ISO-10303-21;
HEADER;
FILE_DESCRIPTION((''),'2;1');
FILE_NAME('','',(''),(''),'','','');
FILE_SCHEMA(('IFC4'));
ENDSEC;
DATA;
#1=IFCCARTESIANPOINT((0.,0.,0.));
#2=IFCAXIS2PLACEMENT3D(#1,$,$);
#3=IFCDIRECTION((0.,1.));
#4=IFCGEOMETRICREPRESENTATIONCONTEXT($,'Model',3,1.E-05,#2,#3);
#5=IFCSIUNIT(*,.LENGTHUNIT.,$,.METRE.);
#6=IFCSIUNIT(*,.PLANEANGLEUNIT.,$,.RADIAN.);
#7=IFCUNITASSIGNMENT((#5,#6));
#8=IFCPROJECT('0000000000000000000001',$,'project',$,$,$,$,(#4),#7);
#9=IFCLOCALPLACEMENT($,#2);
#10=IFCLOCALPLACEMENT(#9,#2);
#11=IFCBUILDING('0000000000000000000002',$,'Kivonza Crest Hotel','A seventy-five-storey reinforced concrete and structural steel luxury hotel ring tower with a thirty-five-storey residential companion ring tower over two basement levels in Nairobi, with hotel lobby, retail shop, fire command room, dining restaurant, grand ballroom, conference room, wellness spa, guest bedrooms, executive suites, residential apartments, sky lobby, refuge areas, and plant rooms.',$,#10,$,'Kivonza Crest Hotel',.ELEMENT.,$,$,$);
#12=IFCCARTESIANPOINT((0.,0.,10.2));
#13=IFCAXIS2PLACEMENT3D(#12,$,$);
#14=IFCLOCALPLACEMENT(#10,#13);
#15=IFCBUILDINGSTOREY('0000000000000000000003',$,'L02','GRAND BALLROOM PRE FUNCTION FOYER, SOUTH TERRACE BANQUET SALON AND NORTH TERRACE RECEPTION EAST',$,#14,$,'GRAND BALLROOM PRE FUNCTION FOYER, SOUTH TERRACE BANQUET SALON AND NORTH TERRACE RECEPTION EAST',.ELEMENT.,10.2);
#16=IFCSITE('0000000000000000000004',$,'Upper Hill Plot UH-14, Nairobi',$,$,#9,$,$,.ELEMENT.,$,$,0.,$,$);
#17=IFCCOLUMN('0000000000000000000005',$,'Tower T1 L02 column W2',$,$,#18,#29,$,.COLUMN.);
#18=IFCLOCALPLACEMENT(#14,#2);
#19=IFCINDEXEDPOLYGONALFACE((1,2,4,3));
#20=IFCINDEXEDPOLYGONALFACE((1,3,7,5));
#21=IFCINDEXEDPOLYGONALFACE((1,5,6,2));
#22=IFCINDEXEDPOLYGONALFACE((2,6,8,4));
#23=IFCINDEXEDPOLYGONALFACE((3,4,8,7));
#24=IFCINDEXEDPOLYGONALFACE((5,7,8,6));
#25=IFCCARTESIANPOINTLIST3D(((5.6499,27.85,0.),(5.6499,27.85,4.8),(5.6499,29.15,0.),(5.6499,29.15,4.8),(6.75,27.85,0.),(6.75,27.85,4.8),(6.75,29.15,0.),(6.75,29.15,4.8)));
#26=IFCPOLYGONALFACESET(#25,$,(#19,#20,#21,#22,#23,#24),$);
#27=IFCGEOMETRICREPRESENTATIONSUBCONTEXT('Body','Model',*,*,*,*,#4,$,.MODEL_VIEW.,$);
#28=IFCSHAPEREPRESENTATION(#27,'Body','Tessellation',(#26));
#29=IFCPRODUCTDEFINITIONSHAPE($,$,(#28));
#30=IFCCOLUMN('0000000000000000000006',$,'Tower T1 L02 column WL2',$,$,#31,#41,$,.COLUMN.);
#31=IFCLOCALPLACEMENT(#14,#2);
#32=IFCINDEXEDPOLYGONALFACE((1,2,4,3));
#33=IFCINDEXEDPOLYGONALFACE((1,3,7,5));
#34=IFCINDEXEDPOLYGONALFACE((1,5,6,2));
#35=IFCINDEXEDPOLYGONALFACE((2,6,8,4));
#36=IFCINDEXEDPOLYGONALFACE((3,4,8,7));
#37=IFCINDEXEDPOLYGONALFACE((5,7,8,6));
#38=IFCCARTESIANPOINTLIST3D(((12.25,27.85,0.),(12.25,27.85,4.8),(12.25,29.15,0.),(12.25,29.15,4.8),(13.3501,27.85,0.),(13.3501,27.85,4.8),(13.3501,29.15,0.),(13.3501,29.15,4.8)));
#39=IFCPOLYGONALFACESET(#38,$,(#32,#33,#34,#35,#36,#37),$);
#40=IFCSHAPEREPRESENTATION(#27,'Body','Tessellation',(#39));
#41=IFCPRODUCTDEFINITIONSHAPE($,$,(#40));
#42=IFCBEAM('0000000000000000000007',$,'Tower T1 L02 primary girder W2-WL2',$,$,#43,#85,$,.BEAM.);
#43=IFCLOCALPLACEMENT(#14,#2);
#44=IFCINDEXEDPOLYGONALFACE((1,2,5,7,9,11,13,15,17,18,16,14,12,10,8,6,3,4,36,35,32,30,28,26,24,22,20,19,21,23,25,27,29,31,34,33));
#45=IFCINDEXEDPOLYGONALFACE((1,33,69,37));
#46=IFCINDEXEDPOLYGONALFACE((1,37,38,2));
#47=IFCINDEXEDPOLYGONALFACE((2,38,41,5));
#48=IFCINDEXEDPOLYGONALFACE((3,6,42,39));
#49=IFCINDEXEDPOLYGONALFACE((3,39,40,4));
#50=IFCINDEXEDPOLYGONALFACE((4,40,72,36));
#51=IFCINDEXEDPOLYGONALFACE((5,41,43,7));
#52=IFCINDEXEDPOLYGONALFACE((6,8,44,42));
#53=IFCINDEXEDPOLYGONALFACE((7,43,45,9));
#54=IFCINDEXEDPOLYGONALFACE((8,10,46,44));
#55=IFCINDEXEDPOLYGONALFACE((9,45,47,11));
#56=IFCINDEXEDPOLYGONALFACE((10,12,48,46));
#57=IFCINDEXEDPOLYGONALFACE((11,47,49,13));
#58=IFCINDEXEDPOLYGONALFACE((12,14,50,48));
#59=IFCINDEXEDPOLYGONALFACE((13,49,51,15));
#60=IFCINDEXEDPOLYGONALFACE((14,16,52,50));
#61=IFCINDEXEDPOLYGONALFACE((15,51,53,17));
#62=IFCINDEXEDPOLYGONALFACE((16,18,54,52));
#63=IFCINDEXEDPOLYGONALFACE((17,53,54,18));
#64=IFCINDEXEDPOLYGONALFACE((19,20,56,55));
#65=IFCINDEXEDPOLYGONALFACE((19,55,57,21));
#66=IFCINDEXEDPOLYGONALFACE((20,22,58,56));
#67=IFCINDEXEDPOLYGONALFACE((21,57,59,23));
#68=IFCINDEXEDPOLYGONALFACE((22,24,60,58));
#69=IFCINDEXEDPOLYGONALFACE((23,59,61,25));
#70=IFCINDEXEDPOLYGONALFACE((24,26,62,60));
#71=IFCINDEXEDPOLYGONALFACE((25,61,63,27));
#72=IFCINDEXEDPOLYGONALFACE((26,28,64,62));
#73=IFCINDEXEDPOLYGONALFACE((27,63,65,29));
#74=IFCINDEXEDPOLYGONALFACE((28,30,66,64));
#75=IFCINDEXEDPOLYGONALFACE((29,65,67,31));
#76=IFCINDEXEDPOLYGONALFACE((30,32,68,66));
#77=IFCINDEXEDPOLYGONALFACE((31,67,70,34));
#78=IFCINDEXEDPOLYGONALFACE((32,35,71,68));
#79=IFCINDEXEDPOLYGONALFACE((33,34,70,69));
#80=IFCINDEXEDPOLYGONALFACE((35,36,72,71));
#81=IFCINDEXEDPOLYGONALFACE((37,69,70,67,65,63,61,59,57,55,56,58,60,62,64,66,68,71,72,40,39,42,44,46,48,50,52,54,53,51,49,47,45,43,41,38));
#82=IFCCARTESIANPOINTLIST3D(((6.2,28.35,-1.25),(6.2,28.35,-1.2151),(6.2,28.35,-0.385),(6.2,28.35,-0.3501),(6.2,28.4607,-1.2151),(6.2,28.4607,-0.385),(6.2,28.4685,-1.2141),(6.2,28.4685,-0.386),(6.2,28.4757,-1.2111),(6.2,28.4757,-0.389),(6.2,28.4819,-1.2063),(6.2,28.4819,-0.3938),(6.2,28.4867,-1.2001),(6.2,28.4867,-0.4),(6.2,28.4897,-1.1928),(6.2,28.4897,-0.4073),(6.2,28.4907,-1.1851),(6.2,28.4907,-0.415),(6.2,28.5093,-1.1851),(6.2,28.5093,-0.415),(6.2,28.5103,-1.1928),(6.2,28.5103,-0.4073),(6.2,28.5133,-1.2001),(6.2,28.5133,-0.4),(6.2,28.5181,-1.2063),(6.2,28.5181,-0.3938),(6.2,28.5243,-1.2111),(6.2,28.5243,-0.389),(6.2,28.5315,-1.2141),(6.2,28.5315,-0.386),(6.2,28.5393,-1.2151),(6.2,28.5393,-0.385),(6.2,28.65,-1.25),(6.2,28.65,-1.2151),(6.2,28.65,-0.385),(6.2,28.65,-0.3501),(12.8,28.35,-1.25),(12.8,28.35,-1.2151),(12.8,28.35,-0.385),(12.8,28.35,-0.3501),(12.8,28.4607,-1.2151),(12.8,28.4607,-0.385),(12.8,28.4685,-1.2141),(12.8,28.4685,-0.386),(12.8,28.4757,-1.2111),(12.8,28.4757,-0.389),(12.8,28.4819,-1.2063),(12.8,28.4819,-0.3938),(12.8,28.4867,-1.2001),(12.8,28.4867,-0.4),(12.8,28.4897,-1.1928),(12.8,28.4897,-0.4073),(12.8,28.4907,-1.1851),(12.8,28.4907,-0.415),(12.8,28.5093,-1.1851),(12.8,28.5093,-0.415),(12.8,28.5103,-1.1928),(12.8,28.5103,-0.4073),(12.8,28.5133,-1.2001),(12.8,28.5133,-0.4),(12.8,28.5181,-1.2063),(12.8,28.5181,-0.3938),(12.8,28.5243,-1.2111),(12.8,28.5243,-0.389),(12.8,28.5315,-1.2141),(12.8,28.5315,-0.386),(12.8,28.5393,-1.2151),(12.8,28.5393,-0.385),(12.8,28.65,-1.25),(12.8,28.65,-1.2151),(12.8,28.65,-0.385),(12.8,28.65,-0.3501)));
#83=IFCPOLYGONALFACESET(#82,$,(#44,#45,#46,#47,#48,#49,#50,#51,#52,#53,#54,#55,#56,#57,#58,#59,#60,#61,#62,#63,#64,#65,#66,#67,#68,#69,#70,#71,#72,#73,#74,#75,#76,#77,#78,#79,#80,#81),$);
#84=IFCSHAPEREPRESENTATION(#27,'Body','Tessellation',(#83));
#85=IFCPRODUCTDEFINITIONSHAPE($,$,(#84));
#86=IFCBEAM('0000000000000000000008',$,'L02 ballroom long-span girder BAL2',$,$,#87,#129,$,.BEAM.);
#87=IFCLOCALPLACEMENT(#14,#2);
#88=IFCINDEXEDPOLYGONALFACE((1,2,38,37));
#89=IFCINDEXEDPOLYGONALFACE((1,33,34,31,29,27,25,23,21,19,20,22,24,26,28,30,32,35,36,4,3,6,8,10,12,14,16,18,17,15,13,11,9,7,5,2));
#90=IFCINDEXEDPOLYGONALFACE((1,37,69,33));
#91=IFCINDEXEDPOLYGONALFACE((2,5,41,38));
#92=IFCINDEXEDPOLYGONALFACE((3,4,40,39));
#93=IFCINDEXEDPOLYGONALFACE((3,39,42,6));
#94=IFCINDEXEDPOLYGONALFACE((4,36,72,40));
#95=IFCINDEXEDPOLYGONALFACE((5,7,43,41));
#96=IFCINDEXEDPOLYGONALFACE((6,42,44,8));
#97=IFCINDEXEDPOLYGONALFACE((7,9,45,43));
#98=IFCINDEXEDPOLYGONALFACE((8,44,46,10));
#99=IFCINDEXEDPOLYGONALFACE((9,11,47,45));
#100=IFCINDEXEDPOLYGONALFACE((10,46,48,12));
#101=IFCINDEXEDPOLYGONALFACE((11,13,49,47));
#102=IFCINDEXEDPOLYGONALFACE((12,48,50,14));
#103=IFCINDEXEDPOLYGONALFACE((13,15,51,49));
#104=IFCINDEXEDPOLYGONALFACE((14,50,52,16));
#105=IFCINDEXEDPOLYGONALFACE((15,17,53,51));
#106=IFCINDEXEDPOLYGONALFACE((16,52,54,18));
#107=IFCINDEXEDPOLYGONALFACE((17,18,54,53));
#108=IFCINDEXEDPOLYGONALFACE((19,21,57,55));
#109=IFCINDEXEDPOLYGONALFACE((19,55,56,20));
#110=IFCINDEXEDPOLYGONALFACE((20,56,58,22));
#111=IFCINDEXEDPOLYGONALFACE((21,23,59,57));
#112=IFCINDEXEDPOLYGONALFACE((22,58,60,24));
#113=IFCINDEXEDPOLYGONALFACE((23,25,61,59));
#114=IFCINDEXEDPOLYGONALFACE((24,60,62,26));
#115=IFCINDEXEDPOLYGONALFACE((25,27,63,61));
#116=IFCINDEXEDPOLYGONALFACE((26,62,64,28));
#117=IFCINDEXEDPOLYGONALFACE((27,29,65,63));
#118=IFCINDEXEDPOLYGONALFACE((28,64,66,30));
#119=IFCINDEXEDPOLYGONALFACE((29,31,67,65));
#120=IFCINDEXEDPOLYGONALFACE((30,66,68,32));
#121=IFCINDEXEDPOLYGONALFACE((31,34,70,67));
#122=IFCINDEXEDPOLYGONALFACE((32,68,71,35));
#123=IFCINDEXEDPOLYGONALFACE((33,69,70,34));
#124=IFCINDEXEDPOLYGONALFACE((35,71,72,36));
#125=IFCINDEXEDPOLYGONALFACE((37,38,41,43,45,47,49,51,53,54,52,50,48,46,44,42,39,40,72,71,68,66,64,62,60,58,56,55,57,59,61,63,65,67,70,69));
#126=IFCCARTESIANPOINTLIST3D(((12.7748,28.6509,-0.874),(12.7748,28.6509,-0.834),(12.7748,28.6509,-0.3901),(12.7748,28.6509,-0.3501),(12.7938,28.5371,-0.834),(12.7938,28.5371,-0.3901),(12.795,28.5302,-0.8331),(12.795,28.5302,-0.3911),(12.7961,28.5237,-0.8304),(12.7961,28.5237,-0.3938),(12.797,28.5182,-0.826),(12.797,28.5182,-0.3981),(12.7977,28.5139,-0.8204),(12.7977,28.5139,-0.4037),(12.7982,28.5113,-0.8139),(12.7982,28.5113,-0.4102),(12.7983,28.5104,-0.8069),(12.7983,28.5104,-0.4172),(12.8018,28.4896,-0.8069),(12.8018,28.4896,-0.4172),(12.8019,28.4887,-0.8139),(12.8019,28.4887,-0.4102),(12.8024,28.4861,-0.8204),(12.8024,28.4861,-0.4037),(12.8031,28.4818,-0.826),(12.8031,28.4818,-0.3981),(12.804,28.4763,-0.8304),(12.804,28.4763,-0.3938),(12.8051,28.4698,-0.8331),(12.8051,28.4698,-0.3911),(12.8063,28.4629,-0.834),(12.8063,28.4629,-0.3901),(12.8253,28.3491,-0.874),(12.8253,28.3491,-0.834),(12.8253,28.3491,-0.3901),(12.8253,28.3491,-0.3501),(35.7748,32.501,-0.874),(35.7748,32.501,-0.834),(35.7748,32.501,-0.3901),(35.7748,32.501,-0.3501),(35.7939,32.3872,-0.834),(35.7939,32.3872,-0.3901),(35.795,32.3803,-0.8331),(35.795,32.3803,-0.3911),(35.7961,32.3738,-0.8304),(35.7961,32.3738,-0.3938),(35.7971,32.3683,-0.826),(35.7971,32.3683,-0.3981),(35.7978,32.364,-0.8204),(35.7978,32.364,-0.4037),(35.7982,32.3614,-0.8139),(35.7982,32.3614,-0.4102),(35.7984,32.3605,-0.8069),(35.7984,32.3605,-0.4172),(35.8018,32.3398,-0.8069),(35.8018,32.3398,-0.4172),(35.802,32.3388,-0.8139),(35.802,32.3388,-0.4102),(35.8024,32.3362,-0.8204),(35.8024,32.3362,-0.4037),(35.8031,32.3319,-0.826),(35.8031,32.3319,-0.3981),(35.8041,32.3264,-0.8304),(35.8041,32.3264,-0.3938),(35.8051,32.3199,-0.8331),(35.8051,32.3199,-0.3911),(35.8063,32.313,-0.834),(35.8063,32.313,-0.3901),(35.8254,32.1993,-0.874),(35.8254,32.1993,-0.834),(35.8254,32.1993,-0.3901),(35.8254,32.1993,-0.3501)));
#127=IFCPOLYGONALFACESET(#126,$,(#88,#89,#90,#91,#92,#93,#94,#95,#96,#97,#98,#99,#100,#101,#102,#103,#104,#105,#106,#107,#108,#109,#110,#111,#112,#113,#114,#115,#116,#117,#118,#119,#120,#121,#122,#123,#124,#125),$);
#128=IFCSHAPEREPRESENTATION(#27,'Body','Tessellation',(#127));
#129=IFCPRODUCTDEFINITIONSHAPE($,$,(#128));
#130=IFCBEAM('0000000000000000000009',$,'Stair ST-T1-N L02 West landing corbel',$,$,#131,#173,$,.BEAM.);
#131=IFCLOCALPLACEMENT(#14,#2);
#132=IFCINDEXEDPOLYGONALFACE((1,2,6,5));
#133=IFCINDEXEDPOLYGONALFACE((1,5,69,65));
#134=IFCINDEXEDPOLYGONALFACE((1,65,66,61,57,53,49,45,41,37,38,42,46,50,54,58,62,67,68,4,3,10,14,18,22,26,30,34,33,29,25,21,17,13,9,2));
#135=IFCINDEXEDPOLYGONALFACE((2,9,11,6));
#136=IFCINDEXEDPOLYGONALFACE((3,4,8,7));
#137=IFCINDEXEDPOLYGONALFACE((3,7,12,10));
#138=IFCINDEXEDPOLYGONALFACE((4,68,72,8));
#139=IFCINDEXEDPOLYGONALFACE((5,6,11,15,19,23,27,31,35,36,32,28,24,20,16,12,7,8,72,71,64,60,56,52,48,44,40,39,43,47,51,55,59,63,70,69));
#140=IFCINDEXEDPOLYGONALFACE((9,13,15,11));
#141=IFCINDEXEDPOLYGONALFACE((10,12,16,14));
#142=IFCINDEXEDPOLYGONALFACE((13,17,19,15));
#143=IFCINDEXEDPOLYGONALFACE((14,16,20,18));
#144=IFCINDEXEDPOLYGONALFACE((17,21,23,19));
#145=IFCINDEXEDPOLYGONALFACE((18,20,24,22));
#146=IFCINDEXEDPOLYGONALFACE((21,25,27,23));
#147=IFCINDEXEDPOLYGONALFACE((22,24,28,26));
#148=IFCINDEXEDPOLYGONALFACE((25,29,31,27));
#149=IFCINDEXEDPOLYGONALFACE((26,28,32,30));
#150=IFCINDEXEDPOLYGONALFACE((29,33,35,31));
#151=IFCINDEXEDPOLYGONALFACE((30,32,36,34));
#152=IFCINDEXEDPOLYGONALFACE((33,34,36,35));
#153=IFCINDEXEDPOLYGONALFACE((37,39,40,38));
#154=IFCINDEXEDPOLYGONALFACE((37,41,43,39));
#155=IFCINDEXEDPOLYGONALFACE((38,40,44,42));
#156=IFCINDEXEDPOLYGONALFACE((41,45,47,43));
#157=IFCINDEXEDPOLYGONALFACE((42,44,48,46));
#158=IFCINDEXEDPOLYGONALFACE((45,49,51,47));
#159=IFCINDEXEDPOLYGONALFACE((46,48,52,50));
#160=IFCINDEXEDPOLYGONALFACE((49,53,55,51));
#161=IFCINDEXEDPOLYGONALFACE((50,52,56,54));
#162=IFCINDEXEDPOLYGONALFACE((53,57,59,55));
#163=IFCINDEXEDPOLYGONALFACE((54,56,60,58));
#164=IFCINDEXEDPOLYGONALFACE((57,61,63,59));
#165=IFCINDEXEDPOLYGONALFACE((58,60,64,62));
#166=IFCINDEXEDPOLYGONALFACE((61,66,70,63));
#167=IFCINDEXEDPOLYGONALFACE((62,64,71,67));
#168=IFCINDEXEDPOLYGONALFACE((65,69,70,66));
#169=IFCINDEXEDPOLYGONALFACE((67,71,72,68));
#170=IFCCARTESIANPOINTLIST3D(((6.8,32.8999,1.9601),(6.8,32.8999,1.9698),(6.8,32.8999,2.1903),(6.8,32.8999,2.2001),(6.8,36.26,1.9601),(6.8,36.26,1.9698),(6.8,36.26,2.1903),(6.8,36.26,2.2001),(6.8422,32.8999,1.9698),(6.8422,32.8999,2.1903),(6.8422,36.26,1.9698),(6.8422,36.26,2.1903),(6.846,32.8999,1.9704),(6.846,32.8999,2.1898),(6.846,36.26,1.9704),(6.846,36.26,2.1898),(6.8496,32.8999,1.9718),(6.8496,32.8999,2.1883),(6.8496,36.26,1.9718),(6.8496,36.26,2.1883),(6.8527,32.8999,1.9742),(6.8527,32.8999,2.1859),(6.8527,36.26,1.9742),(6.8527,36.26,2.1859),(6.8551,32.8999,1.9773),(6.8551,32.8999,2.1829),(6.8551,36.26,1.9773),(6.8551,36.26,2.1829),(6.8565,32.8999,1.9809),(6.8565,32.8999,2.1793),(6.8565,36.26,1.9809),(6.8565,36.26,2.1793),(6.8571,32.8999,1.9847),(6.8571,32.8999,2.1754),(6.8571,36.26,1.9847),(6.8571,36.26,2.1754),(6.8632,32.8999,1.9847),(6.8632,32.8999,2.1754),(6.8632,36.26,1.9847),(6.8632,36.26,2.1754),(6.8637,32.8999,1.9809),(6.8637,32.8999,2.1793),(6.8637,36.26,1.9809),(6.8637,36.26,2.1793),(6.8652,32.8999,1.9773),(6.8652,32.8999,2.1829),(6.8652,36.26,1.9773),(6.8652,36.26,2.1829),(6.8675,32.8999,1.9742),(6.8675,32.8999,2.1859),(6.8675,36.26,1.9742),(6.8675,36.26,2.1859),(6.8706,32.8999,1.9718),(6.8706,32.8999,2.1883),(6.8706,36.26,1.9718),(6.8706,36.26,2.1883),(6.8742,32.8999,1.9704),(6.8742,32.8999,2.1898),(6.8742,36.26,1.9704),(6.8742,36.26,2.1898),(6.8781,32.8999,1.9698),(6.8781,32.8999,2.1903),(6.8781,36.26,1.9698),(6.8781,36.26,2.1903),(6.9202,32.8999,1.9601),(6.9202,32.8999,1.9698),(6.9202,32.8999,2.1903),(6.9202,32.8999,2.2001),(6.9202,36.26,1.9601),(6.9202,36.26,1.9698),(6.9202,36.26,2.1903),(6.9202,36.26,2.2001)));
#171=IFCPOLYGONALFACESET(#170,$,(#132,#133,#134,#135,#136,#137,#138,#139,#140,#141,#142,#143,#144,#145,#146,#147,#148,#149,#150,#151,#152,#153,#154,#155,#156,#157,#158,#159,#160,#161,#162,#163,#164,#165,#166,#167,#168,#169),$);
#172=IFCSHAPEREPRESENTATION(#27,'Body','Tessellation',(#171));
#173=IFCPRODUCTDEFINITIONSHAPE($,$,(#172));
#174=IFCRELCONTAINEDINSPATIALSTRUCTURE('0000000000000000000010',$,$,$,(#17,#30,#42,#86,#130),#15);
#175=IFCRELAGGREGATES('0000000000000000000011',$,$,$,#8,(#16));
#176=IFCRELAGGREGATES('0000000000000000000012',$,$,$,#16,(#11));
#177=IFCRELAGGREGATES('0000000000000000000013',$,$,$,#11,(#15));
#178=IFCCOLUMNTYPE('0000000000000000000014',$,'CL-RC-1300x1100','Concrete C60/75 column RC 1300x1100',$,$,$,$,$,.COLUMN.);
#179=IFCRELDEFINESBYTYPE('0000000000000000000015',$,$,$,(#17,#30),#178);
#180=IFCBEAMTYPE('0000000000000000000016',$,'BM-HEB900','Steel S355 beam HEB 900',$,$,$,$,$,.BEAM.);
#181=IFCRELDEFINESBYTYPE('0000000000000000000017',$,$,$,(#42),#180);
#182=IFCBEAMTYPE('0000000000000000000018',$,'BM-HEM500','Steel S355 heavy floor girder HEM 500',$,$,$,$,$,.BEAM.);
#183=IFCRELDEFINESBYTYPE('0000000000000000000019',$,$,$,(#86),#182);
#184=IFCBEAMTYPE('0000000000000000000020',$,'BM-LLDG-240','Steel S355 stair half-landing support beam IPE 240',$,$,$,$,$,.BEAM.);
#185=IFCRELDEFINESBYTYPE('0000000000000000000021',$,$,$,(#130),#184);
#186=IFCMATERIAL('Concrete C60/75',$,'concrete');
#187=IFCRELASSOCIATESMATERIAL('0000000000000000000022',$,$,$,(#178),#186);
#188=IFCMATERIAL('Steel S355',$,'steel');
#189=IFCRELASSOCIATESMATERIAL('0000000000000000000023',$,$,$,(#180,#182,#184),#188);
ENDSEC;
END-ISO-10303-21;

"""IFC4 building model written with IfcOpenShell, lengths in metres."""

from ifc_helpers import new_model, si_unit, direction, frame, origin, origin_2d, place, context, subcontext, project, spatial, rectangle, i_section, extrude, material, material_profile, profile_set, type_object, element, save


model = new_model("IFC4")

# Units and contexts
model_context = context("Model", 3, precision=1e-05, world=origin(), true_north=direction((0.0, 1.0)))
body_context = subcontext(model_context, "Body", "Model", "MODEL_VIEW")
ifc_project = project(units=[si_unit("LENGTHUNIT", "METRE"), si_unit("PLANEANGLEUNIT", "RADIAN")], contexts=[model_context])

# Site, building, storey
site_placement = place(None, origin())
site = spatial("IfcSite", under=ifc_project, at=site_placement, Name="Upper Hill Plot UH-14, Nairobi", CompositionType="ELEMENT", RefElevation=0.0)
building_placement = place(site_placement, origin())
building = spatial("IfcBuilding", under=site, at=building_placement, Name="Kivonza Crest Hotel", Description="A seventy-five-storey reinforced concrete and structural steel luxury hotel ring tower with a thirty-five-storey residential companion ring tower over two basement levels in Nairobi, with hotel lobby, retail shop, fire command room, dining restaurant, grand ballroom, conference room, wellness spa, guest bedrooms, executive suites, residential apartments, sky lobby, refuge areas, and plant rooms.", LongName="Kivonza Crest Hotel", CompositionType="ELEMENT")
storey_placement = place(building_placement, frame((0.0, 0.0, 10.2)))
storey = spatial("IfcBuildingStorey", under=building, at=storey_placement, Name="L02", Description="GRAND BALLROOM PRE FUNCTION FOYER, SOUTH TERRACE BANQUET SALON AND NORTH TERRACE RECEPTION EAST", LongName="GRAND BALLROOM PRE FUNCTION FOYER, SOUTH TERRACE BANQUET SALON AND NORTH TERRACE RECEPTION EAST", CompositionType="ELEMENT", Elevation=10.2)

# Columns
ifc_material_1 = material(Name="Concrete C60/75", Category="concrete")
ifc_material_profile_1 = material_profile(ifc_material_1, rectangle(XDim=1.1001, YDim=1.3, at=origin_2d()), Name="RC 1300x1100")
ifc_profile_set_1 = profile_set([ifc_material_profile_1], Name="Concrete C60/75")
column_type = type_object("IfcColumnType", Name="CL-RC-1300x1100", Description="Concrete C60/75 column RC 1300x1100", PredefinedType="COLUMN", material=ifc_profile_set_1)
for number, where, z_axis, x_axis, name in (
    (1, (6.2, 28.5, 0.0), (0.0, 0.0, 1.0), (1.0, 0.0, 0.0), "Tower T1 L02 column W2"),
    (2, (12.8, 28.5, 0.0), (0.0, 0.0, 1.0), (1.0, 0.0, 0.0), "Tower T1 L02 column WL2"),
):
    element("IfcColumn", number, at=place(storey_placement, frame(where, z_axis=z_axis, x_axis=x_axis)), inside=storey, type_object=column_type, Name=name, PredefinedType="COLUMN", context=body_context, shape_type="SweptSolid", body=[
        extrude(rectangle(XDim=1.1001, YDim=1.3, at=origin_2d()), origin(), (0.0, 0.0, 1.0), 4.8),
    ])

# Beams
ifc_material_2 = material(Name="Steel S355", Category="steel")
ifc_material_profile_2 = material_profile(ifc_material_2, i_section(OverallWidth=0.3, OverallDepth=0.8999, WebThickness=0.0186, FlangeThickness=0.0349, FilletRadius=0.03, at=origin_2d()), Name="HEB 900")
ifc_profile_set_2 = profile_set([ifc_material_profile_2], Name="Steel S355")
beam_type_1 = type_object("IfcBeamType", Name="BM-HEB900", Description="Steel S355 beam HEB 900", PredefinedType="BEAM", material=ifc_profile_set_2)
beam_1_placement = place(storey_placement, frame((6.2, 28.5, -0.8), z_axis=(1.0, 0.0, 0.0), x_axis=(0.0, 1.0, 0.0)))
element("IfcBeam", 3, at=beam_1_placement, inside=storey, type_object=beam_type_1, Name="Tower T1 L02 primary girder W2-WL2", PredefinedType="BEAM", context=body_context, shape_type="SweptSolid", body=[
    extrude(i_section(OverallWidth=0.3, OverallDepth=0.8999, WebThickness=0.0186, FlangeThickness=0.0349, FilletRadius=0.03, at=origin_2d()), origin(), (0.0, 0.0, 1.0), 6.6001),
])
ifc_material_profile_3 = material_profile(ifc_material_2, i_section(OverallWidth=0.3059, OverallDepth=0.5239, WebThickness=0.021, FlangeThickness=0.04, FilletRadius=0.0271, at=origin_2d()), Name="HEM 500")
ifc_profile_set_3 = profile_set([ifc_material_profile_3], Name="Steel S355")
beam_type_2 = type_object("IfcBeamType", Name="BM-HEM500", Description="Steel S355 heavy floor girder HEM 500", PredefinedType="BEAM", material=ifc_profile_set_3)
beam_2_placement = place(storey_placement, frame((12.8, 28.5, -0.6121), z_axis=(0.986277, 0.165098, 0.0), x_axis=(-0.165098, 0.986277, 0.0)))
element("IfcBeam", 4, at=beam_2_placement, inside=storey, type_object=beam_type_2, Name="L02 ballroom long-span girder BAL2", PredefinedType="BEAM", context=body_context, shape_type="SweptSolid", body=[
    extrude(i_section(OverallWidth=0.3059, OverallDepth=0.5239, WebThickness=0.021, FlangeThickness=0.04, FilletRadius=0.0271, at=origin_2d()), origin(), (0.0, 0.0, 1.0), 23.3201),
])
ifc_material_profile_4 = material_profile(ifc_material_2, i_section(OverallWidth=0.1201, OverallDepth=0.24, WebThickness=0.0061, FlangeThickness=0.0098, FilletRadius=0.0149, at=origin_2d()), Name="IPE 240")
ifc_profile_set_4 = profile_set([ifc_material_profile_4], Name="Steel S355")
beam_type_3 = type_object("IfcBeamType", Name="BM-LLDG-240", Description="Steel S355 stair half-landing support beam IPE 240", PredefinedType="BEAM", material=ifc_profile_set_4)
beam_3_placement = place(storey_placement, frame((6.8601, 32.8999, 2.0801), z_axis=(0.0, 1.0, 0.0), x_axis=(-1.0, 0.0, 0.0)))
element("IfcBeam", 5, at=beam_3_placement, inside=storey, type_object=beam_type_3, Name="Stair ST-T1-N L02 West landing corbel", PredefinedType="BEAM", context=body_context, shape_type="SweptSolid", body=[
    extrude(i_section(OverallWidth=0.1201, OverallDepth=0.24, WebThickness=0.0061, FlangeThickness=0.0098, FilletRadius=0.0149, at=origin_2d()), origin(), (0.0, 0.0, 1.0), 3.3601),
])

save(model, "model.ifc")
